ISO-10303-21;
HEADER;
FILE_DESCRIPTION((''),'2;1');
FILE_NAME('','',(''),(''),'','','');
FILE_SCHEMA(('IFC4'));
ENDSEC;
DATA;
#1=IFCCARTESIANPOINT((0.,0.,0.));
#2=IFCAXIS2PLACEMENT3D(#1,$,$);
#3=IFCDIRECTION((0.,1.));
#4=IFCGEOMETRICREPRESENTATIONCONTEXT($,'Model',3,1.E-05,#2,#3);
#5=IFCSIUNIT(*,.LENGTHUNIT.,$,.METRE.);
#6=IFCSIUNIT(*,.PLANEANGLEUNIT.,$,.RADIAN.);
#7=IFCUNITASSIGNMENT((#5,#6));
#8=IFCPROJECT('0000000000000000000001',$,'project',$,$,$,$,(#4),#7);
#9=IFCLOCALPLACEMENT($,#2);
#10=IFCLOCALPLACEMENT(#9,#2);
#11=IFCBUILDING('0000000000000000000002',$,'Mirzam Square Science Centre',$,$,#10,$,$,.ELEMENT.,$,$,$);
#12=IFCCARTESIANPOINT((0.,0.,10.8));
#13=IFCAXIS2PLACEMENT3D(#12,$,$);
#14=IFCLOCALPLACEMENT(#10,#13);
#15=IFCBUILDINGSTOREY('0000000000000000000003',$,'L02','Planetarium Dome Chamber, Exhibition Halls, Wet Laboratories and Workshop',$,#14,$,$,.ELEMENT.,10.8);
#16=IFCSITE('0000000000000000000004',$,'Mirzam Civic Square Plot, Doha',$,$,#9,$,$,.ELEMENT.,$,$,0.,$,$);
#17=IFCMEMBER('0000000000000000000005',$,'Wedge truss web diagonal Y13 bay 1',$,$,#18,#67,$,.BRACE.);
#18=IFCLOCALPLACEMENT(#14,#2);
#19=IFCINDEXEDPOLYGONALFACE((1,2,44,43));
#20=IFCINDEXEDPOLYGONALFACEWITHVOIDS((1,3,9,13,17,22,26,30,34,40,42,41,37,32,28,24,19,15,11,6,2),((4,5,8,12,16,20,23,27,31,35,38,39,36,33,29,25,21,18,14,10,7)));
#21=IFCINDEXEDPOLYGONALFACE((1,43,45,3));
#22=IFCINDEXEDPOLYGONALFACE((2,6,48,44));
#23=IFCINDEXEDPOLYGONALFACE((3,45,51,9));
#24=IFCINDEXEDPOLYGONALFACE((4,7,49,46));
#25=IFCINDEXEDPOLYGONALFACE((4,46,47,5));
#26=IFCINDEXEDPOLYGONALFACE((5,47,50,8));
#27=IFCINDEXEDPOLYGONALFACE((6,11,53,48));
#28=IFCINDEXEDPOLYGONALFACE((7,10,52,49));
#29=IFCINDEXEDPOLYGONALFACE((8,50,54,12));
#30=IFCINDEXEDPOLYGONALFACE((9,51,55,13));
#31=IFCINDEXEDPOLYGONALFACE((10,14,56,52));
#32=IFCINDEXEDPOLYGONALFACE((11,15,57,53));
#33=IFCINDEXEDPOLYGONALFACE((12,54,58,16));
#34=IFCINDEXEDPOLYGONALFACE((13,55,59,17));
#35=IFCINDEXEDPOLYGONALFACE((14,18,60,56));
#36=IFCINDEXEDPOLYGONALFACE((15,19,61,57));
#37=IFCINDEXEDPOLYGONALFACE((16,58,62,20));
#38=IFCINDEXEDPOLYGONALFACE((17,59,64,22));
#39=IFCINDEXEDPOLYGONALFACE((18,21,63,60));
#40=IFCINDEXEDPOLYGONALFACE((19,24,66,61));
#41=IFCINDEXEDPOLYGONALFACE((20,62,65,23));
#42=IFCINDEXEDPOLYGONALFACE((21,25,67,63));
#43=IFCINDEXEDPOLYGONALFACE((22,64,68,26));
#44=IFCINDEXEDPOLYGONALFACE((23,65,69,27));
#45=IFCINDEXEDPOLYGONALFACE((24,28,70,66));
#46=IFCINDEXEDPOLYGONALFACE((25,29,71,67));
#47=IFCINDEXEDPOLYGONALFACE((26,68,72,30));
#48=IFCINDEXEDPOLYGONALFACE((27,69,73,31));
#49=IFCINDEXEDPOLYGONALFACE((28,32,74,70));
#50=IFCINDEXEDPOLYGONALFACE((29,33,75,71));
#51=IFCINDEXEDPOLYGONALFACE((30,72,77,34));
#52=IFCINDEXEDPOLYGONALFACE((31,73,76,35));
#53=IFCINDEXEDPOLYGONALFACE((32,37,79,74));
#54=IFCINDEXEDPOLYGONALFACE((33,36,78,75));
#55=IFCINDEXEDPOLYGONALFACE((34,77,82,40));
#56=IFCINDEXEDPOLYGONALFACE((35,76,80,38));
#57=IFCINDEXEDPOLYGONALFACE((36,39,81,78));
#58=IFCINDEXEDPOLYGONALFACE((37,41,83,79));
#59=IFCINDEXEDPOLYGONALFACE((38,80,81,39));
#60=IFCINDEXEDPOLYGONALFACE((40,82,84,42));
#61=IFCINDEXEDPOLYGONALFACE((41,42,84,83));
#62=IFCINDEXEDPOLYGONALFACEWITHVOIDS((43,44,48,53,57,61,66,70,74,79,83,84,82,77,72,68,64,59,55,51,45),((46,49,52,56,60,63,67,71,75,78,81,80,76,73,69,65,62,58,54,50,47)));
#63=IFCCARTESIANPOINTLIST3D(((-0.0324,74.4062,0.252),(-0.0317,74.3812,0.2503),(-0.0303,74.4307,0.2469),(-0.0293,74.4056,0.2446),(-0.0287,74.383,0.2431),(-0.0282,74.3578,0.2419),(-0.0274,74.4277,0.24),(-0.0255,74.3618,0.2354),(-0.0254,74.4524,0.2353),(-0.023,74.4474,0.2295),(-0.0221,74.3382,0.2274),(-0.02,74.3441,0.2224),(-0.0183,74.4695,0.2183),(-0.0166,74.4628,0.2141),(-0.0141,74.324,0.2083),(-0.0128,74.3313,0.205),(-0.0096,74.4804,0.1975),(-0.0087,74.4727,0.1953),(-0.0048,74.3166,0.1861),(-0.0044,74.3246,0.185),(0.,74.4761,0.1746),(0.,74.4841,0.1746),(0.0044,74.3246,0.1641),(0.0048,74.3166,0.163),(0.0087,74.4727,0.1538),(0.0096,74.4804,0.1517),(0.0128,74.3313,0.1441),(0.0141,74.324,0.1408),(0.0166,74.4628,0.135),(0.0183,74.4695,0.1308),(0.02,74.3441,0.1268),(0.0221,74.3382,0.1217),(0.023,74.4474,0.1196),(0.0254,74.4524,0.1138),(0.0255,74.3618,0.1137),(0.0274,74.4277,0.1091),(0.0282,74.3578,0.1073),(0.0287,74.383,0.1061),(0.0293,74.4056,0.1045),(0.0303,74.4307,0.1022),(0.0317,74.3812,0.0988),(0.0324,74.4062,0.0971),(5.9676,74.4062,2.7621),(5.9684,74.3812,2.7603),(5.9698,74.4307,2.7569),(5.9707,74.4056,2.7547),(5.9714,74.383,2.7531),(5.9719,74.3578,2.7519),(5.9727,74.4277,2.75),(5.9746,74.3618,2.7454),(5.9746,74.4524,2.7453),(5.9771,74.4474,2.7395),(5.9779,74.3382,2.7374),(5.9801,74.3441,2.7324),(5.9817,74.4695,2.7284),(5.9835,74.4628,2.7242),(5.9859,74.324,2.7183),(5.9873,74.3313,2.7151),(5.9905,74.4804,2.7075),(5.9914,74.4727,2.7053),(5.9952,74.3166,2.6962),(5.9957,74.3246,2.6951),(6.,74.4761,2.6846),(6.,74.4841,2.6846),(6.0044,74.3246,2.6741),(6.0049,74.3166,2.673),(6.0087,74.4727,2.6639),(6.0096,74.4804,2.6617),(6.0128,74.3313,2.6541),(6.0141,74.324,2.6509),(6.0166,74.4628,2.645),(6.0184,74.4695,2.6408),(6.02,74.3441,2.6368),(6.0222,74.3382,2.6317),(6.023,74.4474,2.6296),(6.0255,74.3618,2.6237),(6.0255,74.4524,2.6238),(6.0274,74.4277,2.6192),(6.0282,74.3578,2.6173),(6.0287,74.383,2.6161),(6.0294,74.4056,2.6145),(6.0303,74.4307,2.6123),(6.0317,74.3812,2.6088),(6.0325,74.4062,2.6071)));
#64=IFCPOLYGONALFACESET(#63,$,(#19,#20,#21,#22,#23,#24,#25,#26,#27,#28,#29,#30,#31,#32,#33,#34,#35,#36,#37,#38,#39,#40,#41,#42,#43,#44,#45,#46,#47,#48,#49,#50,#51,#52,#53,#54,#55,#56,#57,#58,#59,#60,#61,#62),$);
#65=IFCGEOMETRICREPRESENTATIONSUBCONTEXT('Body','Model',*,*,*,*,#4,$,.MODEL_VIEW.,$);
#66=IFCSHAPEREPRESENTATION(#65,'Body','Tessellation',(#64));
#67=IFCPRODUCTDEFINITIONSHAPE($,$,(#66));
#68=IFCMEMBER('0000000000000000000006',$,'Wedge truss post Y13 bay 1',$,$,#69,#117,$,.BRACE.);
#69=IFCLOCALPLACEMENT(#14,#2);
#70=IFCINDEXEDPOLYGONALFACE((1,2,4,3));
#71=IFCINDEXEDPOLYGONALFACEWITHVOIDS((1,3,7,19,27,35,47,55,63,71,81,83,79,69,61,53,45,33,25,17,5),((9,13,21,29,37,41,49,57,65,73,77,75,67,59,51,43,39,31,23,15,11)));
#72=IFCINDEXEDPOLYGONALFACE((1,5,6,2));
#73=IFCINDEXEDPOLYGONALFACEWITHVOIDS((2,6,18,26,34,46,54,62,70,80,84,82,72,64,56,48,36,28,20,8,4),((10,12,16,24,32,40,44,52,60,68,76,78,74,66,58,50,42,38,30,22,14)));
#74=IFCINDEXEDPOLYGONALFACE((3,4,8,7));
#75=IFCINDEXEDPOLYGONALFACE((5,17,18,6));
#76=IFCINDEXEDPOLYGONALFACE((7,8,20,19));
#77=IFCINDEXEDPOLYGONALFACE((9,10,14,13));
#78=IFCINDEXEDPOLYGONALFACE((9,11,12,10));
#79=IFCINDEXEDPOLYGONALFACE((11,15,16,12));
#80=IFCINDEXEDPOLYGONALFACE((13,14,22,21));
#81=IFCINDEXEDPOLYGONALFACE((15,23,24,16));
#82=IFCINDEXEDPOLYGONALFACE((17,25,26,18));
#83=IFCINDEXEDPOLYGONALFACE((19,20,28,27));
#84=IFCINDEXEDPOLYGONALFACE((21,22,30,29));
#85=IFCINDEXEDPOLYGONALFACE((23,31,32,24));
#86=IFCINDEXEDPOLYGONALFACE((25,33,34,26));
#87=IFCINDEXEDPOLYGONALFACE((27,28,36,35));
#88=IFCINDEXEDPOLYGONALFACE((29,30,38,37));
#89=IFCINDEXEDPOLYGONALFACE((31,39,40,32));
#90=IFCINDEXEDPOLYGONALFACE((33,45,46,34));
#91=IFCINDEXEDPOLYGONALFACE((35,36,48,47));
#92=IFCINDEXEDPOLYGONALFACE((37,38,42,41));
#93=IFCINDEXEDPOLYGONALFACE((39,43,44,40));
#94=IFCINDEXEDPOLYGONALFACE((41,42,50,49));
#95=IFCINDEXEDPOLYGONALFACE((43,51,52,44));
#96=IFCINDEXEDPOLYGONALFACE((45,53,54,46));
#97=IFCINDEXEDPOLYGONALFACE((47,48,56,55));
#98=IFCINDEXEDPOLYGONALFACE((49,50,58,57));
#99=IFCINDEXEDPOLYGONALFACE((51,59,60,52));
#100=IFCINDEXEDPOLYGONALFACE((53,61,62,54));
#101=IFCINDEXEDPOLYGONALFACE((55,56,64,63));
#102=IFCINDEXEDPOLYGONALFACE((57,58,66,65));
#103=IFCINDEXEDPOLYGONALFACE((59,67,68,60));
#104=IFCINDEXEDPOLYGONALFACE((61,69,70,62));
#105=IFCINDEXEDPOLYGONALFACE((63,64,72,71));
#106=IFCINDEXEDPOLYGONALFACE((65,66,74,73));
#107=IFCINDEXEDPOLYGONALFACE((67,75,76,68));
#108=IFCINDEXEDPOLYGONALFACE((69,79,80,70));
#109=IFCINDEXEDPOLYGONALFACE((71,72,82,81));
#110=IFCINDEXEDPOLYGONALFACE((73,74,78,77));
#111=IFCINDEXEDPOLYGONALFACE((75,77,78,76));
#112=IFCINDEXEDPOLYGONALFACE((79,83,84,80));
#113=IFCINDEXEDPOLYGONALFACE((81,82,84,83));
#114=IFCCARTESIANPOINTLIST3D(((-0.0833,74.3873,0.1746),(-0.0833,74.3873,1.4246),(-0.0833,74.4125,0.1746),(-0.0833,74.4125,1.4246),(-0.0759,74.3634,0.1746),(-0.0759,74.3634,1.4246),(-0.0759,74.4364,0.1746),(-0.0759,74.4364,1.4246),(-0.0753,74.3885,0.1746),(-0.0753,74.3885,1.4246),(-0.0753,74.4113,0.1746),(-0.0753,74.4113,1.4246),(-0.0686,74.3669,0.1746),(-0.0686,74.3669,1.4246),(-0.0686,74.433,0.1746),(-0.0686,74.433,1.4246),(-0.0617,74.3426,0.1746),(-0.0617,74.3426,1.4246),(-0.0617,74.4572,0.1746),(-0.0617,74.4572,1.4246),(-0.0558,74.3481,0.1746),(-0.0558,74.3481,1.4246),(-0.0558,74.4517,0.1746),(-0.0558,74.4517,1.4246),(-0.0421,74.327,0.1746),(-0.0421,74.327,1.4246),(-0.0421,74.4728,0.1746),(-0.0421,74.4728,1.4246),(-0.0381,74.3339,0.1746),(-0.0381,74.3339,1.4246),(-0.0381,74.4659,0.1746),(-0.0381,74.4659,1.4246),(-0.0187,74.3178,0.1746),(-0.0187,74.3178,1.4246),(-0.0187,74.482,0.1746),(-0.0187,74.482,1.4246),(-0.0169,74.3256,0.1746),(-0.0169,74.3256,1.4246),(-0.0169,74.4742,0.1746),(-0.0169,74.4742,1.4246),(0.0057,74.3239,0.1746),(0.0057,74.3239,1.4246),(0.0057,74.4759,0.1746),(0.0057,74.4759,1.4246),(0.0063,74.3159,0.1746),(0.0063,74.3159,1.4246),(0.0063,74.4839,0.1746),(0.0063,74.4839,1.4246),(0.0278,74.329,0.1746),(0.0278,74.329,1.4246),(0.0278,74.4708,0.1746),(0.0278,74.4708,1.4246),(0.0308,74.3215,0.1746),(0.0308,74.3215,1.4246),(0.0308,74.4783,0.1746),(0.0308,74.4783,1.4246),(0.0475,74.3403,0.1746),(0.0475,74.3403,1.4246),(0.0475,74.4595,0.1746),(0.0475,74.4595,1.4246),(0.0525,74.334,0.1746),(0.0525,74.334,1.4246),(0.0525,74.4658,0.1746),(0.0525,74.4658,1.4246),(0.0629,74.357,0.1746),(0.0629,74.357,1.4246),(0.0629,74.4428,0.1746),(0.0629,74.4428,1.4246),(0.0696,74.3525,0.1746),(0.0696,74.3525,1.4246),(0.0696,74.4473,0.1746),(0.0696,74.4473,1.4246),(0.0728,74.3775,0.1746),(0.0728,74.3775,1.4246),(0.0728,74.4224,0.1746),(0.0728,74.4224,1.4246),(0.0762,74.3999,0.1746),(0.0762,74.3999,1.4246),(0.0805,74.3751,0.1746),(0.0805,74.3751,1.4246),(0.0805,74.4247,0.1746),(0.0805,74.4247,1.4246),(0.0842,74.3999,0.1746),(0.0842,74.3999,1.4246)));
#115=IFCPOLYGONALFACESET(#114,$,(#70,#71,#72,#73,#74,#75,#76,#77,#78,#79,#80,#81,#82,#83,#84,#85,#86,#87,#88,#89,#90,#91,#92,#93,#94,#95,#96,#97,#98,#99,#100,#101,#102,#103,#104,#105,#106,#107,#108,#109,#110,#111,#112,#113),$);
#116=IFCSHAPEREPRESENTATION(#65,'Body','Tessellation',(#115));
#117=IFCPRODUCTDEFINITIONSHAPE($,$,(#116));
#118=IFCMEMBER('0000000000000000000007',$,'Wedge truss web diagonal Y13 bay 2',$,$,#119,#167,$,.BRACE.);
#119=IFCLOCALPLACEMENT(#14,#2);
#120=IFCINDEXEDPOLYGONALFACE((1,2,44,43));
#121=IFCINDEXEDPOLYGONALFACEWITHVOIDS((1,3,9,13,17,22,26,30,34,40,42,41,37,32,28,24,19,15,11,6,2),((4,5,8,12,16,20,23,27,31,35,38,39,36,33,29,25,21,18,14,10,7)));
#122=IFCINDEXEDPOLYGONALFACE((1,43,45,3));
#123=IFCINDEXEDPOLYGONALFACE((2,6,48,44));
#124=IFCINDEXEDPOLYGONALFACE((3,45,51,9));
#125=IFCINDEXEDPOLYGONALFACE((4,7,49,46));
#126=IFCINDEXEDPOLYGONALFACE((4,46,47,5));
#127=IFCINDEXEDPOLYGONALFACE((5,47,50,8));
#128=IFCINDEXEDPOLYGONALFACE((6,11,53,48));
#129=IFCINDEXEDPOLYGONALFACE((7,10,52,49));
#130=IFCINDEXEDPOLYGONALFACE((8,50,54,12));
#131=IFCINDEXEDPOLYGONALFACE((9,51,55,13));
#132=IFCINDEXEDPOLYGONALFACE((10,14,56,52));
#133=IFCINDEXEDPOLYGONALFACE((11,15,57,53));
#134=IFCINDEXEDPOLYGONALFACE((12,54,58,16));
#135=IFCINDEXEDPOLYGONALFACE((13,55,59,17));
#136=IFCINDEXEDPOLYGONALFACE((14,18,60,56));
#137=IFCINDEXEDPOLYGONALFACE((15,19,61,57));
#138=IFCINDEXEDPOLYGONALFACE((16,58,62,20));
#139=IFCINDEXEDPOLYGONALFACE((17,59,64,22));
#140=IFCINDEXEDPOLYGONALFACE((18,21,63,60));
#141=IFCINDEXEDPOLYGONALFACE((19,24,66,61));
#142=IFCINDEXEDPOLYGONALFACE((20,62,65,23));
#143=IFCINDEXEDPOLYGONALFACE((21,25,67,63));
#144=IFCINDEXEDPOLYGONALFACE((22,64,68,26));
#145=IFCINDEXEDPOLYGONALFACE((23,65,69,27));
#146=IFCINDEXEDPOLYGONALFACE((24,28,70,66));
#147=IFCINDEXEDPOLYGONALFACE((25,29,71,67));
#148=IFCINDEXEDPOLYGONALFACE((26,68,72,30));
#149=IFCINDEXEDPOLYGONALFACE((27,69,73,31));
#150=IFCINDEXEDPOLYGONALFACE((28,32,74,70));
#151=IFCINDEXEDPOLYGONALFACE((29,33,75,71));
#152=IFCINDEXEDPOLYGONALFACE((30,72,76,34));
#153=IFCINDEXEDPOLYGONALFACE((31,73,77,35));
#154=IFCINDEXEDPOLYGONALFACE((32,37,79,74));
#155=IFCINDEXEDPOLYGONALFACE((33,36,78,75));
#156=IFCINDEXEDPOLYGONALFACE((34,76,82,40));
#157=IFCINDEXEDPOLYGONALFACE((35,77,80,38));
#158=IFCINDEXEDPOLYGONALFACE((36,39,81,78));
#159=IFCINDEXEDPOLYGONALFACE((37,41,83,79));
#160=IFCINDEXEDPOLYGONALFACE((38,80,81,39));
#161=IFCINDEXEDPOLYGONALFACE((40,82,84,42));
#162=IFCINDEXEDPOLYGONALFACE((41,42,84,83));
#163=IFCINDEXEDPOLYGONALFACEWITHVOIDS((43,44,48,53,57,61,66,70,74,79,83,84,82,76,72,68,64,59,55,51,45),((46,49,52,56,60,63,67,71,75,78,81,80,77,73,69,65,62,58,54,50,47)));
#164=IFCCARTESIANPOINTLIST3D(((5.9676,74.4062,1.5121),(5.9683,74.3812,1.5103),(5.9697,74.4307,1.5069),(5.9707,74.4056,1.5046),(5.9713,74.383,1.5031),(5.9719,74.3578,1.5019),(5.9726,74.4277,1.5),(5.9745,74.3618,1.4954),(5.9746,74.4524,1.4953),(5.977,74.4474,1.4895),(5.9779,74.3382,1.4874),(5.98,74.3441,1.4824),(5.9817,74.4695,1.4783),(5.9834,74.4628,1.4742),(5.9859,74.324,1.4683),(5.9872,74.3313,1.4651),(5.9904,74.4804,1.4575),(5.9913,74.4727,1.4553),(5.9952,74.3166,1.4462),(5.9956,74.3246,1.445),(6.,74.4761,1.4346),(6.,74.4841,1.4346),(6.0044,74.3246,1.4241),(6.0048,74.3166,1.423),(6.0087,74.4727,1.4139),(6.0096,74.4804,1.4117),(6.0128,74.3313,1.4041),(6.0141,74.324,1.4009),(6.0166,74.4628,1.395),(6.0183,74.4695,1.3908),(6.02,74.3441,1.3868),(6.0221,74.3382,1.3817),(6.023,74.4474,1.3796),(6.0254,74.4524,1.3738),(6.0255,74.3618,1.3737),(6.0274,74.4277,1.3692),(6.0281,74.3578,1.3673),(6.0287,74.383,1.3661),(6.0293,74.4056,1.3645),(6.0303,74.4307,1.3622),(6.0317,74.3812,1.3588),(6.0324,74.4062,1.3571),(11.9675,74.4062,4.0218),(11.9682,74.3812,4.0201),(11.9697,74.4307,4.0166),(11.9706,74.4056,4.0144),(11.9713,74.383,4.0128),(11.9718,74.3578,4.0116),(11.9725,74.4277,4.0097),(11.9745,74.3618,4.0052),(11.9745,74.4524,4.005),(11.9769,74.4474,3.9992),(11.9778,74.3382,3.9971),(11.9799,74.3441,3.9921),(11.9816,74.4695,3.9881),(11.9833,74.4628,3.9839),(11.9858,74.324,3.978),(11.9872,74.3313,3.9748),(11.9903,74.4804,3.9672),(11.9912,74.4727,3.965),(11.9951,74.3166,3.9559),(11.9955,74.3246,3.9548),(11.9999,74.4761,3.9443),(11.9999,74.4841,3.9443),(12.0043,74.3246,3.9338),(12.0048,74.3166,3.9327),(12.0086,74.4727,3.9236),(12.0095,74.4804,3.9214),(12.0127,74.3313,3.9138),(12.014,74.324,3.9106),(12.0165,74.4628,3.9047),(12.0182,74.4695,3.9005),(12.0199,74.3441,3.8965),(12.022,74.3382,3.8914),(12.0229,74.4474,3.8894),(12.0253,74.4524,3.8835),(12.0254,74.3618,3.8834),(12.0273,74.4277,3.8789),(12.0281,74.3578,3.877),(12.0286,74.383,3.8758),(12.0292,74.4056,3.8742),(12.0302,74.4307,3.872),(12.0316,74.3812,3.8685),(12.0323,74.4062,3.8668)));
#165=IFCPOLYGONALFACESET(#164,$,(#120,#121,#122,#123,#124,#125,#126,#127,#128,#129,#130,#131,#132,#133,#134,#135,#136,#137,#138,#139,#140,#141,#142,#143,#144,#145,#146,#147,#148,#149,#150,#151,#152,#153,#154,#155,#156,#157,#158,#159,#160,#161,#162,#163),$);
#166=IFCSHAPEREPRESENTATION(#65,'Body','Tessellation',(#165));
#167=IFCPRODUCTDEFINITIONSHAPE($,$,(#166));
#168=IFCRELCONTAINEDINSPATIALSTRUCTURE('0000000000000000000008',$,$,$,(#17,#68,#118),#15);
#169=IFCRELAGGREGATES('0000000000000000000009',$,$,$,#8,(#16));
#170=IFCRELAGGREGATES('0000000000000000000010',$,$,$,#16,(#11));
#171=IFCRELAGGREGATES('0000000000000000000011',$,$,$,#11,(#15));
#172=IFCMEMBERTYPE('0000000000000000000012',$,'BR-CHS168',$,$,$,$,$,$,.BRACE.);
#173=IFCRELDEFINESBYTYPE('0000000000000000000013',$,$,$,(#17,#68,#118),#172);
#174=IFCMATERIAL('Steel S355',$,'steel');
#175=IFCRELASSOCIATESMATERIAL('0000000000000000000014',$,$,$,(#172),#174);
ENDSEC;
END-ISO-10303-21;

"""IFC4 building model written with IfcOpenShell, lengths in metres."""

from ifc_helpers import new_model, si_unit, direction, frame, origin, origin_2d, place, context, subcontext, project, spatial, hollow_circle, extrude, material, material_profile, profile_set, type_object, element, save


model = new_model("IFC4")

# Units and contexts
model_context = context("Model", 3, precision=1e-05, world=origin(), true_north=direction((0.0, 1.0)))
body_context = subcontext(model_context, "Body", "Model", "MODEL_VIEW")
ifc_project = project(units=[si_unit("LENGTHUNIT", "METRE"), si_unit("PLANEANGLEUNIT", "RADIAN")], contexts=[model_context])

# Site, building, storey
site_placement = place(None, origin())
site = spatial("IfcSite", under=ifc_project, at=site_placement, Name="Mirzam Civic Square Plot, Doha", CompositionType="ELEMENT", RefElevation=0.0)
building_placement = place(site_placement, origin())
building = spatial("IfcBuilding", under=site, at=building_placement, Name="Mirzam Square Science Centre", CompositionType="ELEMENT")
storey_placement = place(building_placement, frame((0.0, 0.0, 10.8)))
storey = spatial("IfcBuildingStorey", under=building, at=storey_placement, Name="L02", Description="Planetarium Dome Chamber, Exhibition Halls, Wet Laboratories and Workshop", CompositionType="ELEMENT", Elevation=10.8)

# Members
ifc_material = material(Name="Steel S355", Category="steel")
ifc_material_profile_1 = material_profile(ifc_material, hollow_circle(Radius=0.0842, WallThickness=0.0081, at=origin_2d()), Name="168.3x8.0CHS")
ifc_profile_set_1 = profile_set([ifc_material_profile_1], Name="Steel S355")
member_type_1 = type_object("IfcMemberType", Name="BR-CHS168", PredefinedType="BRACE", material=ifc_profile_set_1)
member_1_placement = place(storey_placement, frame((0.0, 74.3999, 0.1746), z_axis=(0.92253, 0.0, 0.385926), x_axis=(0.0, 1.0, 0.0)))
element("IfcMember", 1, at=member_1_placement, inside=storey, type_object=member_type_1, Name="Wedge truss web diagonal Y13 bay 1", PredefinedType="BRACE", context=body_context, shape_type="SweptSolid", body=[
    extrude(hollow_circle(Radius=0.0842, WallThickness=0.0081, at=origin_2d()), origin(), (0.0, 0.0, 1.0), 6.5039),
])
member_2_placement = place(storey_placement, frame((0.0, 74.3999, 0.1746), z_axis=(0.0, 0.0, 1.0), x_axis=(1.0, 0.0, 0.0)))
element("IfcMember", 2, at=member_2_placement, inside=storey, type_object=member_type_1, Name="Wedge truss post Y13 bay 1", PredefinedType="BRACE", context=body_context, shape_type="SweptSolid", body=[
    extrude(hollow_circle(Radius=0.0842, WallThickness=0.0081, at=origin_2d()), origin(), (0.0, 0.0, 1.0), 1.25),
])
member_3_placement = place(storey_placement, frame((6.0, 74.3999, 1.4346), z_axis=(0.922543, 0.0, 0.385894), x_axis=(0.0, 1.0, 0.0)))
element("IfcMember", 3, at=member_3_placement, inside=storey, type_object=member_type_1, Name="Wedge truss web diagonal Y13 bay 2", PredefinedType="BRACE", context=body_context, shape_type="SweptSolid", body=[
    extrude(hollow_circle(Radius=0.0842, WallThickness=0.0081, at=origin_2d()), origin(), (0.0, 0.0, 1.0), 6.5037),
])

save(model, "model.ifc")
